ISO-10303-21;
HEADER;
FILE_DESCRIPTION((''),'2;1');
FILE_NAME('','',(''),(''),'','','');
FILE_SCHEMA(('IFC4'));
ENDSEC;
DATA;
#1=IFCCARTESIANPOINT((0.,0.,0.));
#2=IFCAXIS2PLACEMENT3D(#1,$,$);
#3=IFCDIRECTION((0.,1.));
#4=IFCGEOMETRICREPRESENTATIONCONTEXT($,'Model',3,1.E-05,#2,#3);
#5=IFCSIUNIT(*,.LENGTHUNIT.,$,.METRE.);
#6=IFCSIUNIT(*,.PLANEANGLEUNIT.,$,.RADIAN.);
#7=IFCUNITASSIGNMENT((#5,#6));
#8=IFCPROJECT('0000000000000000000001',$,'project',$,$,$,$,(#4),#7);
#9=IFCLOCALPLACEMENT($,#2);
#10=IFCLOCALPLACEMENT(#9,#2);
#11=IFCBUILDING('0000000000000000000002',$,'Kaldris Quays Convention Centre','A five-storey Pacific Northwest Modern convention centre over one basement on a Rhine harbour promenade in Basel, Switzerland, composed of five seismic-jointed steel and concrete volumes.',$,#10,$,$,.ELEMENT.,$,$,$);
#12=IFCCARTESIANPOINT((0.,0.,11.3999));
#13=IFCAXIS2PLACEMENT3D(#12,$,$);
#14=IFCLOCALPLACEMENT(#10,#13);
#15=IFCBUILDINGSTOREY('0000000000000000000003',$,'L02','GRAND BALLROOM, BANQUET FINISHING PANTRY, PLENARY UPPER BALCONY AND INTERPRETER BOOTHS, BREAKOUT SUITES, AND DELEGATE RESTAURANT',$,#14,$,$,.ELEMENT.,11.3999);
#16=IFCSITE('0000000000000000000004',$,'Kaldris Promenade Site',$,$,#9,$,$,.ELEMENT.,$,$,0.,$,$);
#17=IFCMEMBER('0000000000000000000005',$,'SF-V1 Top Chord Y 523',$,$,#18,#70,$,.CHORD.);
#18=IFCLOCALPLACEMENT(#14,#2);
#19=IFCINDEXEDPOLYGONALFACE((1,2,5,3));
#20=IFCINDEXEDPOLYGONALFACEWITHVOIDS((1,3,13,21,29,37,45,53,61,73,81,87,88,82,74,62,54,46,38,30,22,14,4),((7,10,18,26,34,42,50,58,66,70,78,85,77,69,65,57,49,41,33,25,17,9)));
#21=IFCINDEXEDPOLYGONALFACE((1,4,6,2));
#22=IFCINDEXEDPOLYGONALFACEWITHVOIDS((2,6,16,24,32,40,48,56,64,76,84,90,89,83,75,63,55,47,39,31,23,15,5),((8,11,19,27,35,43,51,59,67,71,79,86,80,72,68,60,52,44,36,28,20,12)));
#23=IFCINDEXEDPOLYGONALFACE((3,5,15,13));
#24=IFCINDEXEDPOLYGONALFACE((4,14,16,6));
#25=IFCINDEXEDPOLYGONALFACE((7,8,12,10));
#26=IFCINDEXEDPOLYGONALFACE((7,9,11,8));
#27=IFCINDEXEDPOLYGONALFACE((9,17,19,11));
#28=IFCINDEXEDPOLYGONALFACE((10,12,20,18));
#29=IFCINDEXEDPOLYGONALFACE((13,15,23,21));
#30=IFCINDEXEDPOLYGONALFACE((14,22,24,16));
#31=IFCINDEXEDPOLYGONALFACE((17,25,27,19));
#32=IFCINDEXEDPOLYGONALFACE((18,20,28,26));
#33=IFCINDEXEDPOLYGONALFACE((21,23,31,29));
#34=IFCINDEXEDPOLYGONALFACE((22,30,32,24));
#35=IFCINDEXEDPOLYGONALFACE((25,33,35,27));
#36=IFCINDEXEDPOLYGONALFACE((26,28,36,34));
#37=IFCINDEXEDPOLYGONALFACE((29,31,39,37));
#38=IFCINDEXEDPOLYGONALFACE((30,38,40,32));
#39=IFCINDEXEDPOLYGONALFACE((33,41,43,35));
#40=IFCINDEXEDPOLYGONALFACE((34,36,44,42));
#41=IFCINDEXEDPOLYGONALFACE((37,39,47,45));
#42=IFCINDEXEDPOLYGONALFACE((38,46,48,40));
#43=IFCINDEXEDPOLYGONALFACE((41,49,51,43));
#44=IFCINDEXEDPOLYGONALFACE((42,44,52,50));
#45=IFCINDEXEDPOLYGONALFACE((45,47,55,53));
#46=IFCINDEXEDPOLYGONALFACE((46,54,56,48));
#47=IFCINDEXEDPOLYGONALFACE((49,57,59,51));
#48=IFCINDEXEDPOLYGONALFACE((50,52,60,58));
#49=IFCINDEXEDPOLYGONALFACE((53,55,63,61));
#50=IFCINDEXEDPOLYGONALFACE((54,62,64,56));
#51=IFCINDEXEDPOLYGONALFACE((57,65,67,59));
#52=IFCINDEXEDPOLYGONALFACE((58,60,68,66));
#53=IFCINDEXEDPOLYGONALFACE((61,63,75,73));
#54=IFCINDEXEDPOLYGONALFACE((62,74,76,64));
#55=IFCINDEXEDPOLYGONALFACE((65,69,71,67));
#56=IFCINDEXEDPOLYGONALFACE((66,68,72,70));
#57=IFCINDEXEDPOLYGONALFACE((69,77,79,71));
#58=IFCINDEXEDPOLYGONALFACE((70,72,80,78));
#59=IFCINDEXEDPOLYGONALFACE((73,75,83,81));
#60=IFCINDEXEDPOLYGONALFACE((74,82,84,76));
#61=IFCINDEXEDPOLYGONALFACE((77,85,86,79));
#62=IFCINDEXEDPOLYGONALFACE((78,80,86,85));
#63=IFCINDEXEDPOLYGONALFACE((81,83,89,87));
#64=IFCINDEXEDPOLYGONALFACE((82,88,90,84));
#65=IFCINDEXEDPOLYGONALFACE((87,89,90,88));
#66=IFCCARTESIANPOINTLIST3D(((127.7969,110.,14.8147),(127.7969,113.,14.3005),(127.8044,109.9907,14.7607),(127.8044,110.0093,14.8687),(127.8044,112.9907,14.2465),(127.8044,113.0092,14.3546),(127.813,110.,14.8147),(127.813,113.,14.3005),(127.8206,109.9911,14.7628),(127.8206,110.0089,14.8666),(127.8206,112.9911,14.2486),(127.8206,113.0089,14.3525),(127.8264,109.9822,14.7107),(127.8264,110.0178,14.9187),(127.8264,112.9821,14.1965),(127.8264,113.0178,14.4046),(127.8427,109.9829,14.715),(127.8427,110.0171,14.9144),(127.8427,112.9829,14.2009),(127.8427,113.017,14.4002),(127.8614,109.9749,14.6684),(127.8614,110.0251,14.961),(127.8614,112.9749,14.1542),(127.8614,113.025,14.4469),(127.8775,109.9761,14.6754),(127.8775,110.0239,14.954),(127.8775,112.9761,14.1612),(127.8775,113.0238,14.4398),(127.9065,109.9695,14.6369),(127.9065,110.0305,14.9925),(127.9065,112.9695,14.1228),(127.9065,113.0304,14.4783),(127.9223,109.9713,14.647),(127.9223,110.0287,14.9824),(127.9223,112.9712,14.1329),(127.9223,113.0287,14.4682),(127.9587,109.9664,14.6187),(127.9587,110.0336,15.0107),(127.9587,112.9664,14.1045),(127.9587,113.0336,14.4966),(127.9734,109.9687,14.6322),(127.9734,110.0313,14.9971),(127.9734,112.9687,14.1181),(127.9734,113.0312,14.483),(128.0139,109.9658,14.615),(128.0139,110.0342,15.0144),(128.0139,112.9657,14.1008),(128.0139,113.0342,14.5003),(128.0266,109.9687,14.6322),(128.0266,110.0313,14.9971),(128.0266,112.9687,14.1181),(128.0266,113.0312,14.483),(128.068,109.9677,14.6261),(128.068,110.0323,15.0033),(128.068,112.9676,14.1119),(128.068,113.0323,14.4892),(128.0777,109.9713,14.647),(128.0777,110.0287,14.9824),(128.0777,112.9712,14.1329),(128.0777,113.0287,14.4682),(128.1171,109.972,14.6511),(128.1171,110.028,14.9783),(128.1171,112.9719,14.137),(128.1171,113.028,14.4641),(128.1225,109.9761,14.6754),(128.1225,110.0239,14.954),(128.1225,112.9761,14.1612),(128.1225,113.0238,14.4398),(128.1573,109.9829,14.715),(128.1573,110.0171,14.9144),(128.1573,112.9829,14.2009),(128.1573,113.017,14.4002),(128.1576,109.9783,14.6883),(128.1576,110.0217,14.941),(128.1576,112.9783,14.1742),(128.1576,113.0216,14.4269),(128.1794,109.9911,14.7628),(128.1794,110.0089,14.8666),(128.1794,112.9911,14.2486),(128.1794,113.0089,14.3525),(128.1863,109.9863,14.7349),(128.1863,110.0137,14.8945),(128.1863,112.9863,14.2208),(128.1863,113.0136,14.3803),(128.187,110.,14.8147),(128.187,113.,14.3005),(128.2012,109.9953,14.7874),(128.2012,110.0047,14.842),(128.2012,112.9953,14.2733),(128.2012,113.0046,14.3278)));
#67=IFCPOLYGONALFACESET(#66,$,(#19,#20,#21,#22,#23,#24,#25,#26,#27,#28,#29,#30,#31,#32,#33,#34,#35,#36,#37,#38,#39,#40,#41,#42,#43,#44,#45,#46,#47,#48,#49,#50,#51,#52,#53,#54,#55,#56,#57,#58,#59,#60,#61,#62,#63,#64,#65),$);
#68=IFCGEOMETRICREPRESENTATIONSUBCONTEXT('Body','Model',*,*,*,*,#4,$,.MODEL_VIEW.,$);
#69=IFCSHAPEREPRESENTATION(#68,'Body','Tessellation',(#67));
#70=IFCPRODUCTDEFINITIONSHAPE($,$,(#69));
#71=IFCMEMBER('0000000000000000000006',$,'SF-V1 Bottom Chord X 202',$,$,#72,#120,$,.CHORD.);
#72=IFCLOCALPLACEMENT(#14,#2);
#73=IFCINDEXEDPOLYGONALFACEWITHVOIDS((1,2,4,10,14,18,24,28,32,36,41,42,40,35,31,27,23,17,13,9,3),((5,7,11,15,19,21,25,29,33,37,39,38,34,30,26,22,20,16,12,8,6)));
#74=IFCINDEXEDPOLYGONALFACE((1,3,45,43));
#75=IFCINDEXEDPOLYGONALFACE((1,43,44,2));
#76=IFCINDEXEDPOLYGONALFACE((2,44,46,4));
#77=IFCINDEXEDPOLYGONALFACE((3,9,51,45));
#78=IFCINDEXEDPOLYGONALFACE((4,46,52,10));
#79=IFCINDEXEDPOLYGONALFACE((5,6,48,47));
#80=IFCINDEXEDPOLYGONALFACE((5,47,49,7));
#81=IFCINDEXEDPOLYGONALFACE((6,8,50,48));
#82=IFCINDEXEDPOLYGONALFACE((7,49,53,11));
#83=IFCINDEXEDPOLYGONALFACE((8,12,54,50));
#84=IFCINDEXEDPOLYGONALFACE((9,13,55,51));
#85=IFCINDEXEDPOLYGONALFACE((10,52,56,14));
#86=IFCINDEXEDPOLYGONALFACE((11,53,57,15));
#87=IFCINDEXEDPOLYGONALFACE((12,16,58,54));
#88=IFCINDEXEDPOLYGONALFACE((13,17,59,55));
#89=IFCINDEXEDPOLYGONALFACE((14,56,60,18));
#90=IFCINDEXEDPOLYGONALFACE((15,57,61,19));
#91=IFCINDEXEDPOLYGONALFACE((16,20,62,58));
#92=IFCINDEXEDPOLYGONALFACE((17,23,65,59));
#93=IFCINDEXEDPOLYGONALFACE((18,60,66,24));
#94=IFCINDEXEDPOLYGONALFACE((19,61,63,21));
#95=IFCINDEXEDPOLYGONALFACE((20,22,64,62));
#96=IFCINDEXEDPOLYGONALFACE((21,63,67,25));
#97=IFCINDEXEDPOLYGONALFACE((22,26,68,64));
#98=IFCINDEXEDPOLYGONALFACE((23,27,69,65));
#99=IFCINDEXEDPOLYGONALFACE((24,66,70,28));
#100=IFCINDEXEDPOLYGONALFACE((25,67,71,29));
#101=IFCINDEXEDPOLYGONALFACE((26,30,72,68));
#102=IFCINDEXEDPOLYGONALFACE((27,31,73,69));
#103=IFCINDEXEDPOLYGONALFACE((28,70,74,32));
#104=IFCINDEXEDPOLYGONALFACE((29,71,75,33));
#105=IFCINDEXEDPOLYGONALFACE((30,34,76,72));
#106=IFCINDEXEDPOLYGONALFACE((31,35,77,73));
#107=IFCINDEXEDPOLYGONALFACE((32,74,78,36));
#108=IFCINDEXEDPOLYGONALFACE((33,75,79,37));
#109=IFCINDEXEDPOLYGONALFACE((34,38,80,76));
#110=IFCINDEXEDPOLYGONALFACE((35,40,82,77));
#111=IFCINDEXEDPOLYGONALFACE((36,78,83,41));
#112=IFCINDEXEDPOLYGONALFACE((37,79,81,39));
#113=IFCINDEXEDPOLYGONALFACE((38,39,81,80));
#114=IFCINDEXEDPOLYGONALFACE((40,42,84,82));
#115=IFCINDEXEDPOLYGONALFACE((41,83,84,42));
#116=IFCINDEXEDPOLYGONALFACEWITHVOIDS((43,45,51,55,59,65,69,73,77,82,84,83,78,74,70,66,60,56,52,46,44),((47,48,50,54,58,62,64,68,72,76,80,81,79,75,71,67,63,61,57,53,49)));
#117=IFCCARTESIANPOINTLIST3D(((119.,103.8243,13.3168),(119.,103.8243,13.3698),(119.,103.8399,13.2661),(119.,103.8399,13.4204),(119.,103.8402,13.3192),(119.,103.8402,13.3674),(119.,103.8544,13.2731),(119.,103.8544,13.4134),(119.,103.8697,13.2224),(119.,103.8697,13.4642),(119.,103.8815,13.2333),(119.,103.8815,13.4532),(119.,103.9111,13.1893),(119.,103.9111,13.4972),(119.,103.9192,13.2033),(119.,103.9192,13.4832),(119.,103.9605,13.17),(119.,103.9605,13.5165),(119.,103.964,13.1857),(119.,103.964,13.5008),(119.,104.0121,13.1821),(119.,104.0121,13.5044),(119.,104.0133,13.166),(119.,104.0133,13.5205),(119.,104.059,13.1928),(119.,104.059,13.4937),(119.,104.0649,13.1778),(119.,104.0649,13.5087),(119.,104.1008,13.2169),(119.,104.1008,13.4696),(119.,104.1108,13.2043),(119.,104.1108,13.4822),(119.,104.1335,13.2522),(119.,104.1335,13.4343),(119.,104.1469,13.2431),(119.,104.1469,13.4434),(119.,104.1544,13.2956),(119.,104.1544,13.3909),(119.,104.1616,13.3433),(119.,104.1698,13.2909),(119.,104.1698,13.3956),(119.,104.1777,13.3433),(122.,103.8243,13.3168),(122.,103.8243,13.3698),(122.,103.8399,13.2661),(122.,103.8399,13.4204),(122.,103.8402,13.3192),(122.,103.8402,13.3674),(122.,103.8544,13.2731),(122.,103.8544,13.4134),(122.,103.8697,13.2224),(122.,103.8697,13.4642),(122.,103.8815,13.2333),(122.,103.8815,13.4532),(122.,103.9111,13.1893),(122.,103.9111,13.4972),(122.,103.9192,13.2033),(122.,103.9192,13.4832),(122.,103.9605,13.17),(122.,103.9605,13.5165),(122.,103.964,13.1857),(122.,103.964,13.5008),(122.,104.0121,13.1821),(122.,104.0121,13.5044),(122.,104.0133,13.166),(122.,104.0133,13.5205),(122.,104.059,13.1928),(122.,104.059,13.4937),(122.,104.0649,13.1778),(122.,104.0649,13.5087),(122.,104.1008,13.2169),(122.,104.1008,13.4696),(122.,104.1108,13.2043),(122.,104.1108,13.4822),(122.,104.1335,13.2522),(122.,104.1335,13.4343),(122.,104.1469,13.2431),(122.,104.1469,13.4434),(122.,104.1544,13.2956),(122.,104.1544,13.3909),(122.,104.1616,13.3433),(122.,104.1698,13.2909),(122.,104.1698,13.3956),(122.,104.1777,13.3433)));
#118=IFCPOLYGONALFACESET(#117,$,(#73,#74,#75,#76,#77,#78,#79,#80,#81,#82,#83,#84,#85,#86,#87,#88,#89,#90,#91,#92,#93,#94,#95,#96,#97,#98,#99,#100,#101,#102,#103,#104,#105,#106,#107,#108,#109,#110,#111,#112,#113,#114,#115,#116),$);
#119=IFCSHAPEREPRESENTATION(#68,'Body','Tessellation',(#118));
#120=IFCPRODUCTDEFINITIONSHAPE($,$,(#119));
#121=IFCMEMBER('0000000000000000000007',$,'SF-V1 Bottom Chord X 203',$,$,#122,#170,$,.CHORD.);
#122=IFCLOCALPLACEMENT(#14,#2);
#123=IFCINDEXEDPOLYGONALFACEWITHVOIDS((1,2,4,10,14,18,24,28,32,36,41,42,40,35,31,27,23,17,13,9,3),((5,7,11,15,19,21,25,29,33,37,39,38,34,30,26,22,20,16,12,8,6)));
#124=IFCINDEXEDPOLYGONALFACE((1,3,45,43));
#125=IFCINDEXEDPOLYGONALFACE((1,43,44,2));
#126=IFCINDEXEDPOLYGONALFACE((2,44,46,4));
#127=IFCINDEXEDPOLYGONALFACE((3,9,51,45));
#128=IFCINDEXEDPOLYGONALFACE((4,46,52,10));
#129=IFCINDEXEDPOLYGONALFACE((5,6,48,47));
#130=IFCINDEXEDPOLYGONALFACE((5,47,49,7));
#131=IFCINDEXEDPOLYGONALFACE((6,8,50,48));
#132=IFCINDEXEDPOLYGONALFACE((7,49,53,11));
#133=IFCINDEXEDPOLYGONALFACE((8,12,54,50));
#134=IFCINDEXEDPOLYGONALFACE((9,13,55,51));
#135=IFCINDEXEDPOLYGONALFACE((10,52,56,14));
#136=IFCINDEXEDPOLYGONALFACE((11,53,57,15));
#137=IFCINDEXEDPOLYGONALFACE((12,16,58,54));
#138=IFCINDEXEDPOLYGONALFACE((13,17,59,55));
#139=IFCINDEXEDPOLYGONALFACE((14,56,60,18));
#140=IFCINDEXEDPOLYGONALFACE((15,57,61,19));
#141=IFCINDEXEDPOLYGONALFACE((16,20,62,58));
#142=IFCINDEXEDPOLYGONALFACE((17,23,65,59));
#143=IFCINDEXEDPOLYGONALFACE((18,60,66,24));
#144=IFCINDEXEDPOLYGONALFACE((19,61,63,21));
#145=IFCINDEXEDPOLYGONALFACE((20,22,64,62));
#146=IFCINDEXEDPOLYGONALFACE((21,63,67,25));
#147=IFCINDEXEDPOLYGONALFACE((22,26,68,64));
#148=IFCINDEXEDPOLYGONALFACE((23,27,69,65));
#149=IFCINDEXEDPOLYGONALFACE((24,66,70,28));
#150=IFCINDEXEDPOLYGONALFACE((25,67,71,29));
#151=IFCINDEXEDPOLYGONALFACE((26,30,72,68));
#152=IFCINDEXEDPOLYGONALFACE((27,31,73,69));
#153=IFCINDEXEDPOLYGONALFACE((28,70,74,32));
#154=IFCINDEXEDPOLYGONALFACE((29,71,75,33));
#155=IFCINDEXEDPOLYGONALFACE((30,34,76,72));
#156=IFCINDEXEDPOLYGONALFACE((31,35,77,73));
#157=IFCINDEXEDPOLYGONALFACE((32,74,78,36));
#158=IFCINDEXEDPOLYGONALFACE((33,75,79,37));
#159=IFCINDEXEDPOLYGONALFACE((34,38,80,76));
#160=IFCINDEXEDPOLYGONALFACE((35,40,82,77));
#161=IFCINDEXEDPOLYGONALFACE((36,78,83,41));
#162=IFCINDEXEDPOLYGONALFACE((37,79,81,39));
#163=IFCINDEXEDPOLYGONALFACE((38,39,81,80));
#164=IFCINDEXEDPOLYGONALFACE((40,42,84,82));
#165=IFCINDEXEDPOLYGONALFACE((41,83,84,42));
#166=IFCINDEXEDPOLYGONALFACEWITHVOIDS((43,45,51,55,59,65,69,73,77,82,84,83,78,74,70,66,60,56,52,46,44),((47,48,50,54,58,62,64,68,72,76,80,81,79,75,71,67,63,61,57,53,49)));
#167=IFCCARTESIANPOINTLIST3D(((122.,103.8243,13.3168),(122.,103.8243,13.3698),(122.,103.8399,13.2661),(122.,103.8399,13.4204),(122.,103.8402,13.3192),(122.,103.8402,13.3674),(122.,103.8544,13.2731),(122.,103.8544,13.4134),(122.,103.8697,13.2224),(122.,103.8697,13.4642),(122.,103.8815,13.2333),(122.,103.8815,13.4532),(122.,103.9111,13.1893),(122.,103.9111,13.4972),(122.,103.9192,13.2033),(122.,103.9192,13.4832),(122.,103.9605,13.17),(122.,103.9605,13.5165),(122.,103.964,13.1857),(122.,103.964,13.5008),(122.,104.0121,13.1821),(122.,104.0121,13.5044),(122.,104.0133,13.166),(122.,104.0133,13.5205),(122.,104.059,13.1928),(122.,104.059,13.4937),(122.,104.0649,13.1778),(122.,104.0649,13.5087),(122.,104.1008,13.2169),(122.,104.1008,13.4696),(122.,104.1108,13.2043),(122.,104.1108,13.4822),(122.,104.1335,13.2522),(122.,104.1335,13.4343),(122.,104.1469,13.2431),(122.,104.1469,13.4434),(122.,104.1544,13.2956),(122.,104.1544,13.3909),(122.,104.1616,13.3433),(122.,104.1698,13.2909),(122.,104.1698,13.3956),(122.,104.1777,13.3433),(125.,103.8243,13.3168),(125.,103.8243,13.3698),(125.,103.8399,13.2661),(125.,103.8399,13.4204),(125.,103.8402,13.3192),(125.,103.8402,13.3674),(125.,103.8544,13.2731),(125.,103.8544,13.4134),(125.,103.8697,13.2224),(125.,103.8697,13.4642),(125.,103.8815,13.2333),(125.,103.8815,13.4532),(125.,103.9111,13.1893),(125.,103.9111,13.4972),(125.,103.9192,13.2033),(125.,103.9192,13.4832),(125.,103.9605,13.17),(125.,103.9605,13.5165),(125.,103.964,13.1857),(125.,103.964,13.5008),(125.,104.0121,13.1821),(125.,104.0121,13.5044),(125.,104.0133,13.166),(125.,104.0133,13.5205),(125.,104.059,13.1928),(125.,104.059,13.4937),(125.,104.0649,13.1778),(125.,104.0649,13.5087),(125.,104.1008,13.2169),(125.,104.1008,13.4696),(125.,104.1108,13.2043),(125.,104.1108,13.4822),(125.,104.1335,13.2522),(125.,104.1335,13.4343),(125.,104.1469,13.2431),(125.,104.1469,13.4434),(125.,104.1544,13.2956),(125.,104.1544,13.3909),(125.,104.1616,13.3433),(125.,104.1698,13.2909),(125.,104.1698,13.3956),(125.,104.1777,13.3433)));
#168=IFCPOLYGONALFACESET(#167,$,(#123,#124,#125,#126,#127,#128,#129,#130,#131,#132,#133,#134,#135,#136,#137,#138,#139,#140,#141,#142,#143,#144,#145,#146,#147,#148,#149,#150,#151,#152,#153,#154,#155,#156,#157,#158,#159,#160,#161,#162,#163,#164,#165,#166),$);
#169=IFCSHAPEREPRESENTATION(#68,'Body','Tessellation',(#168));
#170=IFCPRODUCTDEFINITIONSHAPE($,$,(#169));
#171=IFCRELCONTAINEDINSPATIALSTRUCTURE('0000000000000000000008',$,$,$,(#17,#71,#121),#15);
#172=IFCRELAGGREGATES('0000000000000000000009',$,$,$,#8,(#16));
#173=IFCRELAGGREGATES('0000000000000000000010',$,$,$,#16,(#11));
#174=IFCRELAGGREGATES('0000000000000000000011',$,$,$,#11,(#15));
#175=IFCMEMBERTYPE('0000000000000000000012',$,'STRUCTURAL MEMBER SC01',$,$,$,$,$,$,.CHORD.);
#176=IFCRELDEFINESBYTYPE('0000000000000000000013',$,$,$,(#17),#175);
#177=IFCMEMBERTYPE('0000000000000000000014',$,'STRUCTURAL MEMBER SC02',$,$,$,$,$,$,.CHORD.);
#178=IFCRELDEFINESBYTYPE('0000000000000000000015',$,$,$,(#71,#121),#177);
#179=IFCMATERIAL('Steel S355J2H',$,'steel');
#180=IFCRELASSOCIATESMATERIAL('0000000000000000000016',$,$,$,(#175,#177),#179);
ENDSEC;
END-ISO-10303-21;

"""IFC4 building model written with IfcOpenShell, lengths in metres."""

from ifc_helpers import new_model, si_unit, direction, frame, origin, origin_2d, place, context, subcontext, project, spatial, hollow_circle, extrude, material, material_profile, profile_set, type_object, element, save


model = new_model("IFC4")

# Units and contexts
model_context = context("Model", 3, precision=1e-05, world=origin(), true_north=direction((0.0, 1.0)))
body_context = subcontext(model_context, "Body", "Model", "MODEL_VIEW")
ifc_project = project(units=[si_unit("LENGTHUNIT", "METRE"), si_unit("PLANEANGLEUNIT", "RADIAN")], contexts=[model_context])

# Site, building, storey
site_placement = place(None, origin())
site = spatial("IfcSite", under=ifc_project, at=site_placement, Name="Kaldris Promenade Site", CompositionType="ELEMENT", RefElevation=0.0)
building_placement = place(site_placement, origin())
building = spatial("IfcBuilding", under=site, at=building_placement, Name="Kaldris Quays Convention Centre", Description="A five-storey Pacific Northwest Modern convention centre over one basement on a Rhine harbour promenade in Basel, Switzerland, composed of five seismic-jointed steel and concrete volumes.", CompositionType="ELEMENT")
storey_placement = place(building_placement, frame((0.0, 0.0, 11.3999)))
storey = spatial("IfcBuildingStorey", under=building, at=storey_placement, Name="L02", Description="GRAND BALLROOM, BANQUET FINISHING PANTRY, PLENARY UPPER BALCONY AND INTERPRETER BOOTHS, BREAKOUT SUITES, AND DELEGATE RESTAURANT", CompositionType="ELEMENT", Elevation=11.3999)

# Members
ifc_material_1 = material(Name="Steel S355J2H", Category="steel")
ifc_material_profile_1 = material_profile(ifc_material_1, hollow_circle(Radius=0.2031, WallThickness=0.0161, at=origin_2d()), Name="CHS 406.4x16")
ifc_profile_set_1 = profile_set([ifc_material_profile_1], Name="Steel S355J2H")
member_type_1 = type_object("IfcMemberType", Name="STRUCTURAL MEMBER SC01", PredefinedType="CHORD", material=ifc_profile_set_1)
for number, where, z_axis, x_axis, name in (
    (1, (128.0, 110.0, 14.8147), (0.0, 0.985629, -0.168924), (-1.0, 0.0, 0.0), "SF-V1 Top Chord Y 523"),
):
    element("IfcMember", number, at=place(storey_placement, frame(where, z_axis=z_axis, x_axis=x_axis)), inside=storey, type_object=member_type_1, Name=name, PredefinedType="CHORD", context=body_context, shape_type="SweptSolid", body=[
        extrude(hollow_circle(Radius=0.2031, WallThickness=0.0161, at=origin_2d()), origin(), (0.0, 0.0, 1.0), 3.0437),
    ])
ifc_material_profile_2 = material_profile(ifc_material_1, hollow_circle(Radius=0.1777, WallThickness=0.0161, at=origin_2d()), Name="CHS 355.6x16")
ifc_profile_set_2 = profile_set([ifc_material_profile_2], Name="Steel S355J2H")
member_type_2 = type_object("IfcMemberType", Name="STRUCTURAL MEMBER SC02", PredefinedType="CHORD", material=ifc_profile_set_2)
for number, where, z_axis, x_axis, name in (
    (2, (119.0, 104.0, 13.3433), (1.0, 0.0, 0.0), (0.0, 1.0, 0.0), "SF-V1 Bottom Chord X 202"),
    (3, (122.0, 104.0, 13.3433), (1.0, 0.0, 0.0), (0.0, 1.0, 0.0), "SF-V1 Bottom Chord X 203"),
):
    element("IfcMember", number, at=place(storey_placement, frame(where, z_axis=z_axis, x_axis=x_axis)), inside=storey, type_object=member_type_2, Name=name, PredefinedType="CHORD", context=body_context, shape_type="SweptSolid", body=[
        extrude(hollow_circle(Radius=0.1777, WallThickness=0.0161, at=origin_2d()), origin(), (0.0, 0.0, 1.0), 3.0),
    ])

save(model, "model.ifc")
